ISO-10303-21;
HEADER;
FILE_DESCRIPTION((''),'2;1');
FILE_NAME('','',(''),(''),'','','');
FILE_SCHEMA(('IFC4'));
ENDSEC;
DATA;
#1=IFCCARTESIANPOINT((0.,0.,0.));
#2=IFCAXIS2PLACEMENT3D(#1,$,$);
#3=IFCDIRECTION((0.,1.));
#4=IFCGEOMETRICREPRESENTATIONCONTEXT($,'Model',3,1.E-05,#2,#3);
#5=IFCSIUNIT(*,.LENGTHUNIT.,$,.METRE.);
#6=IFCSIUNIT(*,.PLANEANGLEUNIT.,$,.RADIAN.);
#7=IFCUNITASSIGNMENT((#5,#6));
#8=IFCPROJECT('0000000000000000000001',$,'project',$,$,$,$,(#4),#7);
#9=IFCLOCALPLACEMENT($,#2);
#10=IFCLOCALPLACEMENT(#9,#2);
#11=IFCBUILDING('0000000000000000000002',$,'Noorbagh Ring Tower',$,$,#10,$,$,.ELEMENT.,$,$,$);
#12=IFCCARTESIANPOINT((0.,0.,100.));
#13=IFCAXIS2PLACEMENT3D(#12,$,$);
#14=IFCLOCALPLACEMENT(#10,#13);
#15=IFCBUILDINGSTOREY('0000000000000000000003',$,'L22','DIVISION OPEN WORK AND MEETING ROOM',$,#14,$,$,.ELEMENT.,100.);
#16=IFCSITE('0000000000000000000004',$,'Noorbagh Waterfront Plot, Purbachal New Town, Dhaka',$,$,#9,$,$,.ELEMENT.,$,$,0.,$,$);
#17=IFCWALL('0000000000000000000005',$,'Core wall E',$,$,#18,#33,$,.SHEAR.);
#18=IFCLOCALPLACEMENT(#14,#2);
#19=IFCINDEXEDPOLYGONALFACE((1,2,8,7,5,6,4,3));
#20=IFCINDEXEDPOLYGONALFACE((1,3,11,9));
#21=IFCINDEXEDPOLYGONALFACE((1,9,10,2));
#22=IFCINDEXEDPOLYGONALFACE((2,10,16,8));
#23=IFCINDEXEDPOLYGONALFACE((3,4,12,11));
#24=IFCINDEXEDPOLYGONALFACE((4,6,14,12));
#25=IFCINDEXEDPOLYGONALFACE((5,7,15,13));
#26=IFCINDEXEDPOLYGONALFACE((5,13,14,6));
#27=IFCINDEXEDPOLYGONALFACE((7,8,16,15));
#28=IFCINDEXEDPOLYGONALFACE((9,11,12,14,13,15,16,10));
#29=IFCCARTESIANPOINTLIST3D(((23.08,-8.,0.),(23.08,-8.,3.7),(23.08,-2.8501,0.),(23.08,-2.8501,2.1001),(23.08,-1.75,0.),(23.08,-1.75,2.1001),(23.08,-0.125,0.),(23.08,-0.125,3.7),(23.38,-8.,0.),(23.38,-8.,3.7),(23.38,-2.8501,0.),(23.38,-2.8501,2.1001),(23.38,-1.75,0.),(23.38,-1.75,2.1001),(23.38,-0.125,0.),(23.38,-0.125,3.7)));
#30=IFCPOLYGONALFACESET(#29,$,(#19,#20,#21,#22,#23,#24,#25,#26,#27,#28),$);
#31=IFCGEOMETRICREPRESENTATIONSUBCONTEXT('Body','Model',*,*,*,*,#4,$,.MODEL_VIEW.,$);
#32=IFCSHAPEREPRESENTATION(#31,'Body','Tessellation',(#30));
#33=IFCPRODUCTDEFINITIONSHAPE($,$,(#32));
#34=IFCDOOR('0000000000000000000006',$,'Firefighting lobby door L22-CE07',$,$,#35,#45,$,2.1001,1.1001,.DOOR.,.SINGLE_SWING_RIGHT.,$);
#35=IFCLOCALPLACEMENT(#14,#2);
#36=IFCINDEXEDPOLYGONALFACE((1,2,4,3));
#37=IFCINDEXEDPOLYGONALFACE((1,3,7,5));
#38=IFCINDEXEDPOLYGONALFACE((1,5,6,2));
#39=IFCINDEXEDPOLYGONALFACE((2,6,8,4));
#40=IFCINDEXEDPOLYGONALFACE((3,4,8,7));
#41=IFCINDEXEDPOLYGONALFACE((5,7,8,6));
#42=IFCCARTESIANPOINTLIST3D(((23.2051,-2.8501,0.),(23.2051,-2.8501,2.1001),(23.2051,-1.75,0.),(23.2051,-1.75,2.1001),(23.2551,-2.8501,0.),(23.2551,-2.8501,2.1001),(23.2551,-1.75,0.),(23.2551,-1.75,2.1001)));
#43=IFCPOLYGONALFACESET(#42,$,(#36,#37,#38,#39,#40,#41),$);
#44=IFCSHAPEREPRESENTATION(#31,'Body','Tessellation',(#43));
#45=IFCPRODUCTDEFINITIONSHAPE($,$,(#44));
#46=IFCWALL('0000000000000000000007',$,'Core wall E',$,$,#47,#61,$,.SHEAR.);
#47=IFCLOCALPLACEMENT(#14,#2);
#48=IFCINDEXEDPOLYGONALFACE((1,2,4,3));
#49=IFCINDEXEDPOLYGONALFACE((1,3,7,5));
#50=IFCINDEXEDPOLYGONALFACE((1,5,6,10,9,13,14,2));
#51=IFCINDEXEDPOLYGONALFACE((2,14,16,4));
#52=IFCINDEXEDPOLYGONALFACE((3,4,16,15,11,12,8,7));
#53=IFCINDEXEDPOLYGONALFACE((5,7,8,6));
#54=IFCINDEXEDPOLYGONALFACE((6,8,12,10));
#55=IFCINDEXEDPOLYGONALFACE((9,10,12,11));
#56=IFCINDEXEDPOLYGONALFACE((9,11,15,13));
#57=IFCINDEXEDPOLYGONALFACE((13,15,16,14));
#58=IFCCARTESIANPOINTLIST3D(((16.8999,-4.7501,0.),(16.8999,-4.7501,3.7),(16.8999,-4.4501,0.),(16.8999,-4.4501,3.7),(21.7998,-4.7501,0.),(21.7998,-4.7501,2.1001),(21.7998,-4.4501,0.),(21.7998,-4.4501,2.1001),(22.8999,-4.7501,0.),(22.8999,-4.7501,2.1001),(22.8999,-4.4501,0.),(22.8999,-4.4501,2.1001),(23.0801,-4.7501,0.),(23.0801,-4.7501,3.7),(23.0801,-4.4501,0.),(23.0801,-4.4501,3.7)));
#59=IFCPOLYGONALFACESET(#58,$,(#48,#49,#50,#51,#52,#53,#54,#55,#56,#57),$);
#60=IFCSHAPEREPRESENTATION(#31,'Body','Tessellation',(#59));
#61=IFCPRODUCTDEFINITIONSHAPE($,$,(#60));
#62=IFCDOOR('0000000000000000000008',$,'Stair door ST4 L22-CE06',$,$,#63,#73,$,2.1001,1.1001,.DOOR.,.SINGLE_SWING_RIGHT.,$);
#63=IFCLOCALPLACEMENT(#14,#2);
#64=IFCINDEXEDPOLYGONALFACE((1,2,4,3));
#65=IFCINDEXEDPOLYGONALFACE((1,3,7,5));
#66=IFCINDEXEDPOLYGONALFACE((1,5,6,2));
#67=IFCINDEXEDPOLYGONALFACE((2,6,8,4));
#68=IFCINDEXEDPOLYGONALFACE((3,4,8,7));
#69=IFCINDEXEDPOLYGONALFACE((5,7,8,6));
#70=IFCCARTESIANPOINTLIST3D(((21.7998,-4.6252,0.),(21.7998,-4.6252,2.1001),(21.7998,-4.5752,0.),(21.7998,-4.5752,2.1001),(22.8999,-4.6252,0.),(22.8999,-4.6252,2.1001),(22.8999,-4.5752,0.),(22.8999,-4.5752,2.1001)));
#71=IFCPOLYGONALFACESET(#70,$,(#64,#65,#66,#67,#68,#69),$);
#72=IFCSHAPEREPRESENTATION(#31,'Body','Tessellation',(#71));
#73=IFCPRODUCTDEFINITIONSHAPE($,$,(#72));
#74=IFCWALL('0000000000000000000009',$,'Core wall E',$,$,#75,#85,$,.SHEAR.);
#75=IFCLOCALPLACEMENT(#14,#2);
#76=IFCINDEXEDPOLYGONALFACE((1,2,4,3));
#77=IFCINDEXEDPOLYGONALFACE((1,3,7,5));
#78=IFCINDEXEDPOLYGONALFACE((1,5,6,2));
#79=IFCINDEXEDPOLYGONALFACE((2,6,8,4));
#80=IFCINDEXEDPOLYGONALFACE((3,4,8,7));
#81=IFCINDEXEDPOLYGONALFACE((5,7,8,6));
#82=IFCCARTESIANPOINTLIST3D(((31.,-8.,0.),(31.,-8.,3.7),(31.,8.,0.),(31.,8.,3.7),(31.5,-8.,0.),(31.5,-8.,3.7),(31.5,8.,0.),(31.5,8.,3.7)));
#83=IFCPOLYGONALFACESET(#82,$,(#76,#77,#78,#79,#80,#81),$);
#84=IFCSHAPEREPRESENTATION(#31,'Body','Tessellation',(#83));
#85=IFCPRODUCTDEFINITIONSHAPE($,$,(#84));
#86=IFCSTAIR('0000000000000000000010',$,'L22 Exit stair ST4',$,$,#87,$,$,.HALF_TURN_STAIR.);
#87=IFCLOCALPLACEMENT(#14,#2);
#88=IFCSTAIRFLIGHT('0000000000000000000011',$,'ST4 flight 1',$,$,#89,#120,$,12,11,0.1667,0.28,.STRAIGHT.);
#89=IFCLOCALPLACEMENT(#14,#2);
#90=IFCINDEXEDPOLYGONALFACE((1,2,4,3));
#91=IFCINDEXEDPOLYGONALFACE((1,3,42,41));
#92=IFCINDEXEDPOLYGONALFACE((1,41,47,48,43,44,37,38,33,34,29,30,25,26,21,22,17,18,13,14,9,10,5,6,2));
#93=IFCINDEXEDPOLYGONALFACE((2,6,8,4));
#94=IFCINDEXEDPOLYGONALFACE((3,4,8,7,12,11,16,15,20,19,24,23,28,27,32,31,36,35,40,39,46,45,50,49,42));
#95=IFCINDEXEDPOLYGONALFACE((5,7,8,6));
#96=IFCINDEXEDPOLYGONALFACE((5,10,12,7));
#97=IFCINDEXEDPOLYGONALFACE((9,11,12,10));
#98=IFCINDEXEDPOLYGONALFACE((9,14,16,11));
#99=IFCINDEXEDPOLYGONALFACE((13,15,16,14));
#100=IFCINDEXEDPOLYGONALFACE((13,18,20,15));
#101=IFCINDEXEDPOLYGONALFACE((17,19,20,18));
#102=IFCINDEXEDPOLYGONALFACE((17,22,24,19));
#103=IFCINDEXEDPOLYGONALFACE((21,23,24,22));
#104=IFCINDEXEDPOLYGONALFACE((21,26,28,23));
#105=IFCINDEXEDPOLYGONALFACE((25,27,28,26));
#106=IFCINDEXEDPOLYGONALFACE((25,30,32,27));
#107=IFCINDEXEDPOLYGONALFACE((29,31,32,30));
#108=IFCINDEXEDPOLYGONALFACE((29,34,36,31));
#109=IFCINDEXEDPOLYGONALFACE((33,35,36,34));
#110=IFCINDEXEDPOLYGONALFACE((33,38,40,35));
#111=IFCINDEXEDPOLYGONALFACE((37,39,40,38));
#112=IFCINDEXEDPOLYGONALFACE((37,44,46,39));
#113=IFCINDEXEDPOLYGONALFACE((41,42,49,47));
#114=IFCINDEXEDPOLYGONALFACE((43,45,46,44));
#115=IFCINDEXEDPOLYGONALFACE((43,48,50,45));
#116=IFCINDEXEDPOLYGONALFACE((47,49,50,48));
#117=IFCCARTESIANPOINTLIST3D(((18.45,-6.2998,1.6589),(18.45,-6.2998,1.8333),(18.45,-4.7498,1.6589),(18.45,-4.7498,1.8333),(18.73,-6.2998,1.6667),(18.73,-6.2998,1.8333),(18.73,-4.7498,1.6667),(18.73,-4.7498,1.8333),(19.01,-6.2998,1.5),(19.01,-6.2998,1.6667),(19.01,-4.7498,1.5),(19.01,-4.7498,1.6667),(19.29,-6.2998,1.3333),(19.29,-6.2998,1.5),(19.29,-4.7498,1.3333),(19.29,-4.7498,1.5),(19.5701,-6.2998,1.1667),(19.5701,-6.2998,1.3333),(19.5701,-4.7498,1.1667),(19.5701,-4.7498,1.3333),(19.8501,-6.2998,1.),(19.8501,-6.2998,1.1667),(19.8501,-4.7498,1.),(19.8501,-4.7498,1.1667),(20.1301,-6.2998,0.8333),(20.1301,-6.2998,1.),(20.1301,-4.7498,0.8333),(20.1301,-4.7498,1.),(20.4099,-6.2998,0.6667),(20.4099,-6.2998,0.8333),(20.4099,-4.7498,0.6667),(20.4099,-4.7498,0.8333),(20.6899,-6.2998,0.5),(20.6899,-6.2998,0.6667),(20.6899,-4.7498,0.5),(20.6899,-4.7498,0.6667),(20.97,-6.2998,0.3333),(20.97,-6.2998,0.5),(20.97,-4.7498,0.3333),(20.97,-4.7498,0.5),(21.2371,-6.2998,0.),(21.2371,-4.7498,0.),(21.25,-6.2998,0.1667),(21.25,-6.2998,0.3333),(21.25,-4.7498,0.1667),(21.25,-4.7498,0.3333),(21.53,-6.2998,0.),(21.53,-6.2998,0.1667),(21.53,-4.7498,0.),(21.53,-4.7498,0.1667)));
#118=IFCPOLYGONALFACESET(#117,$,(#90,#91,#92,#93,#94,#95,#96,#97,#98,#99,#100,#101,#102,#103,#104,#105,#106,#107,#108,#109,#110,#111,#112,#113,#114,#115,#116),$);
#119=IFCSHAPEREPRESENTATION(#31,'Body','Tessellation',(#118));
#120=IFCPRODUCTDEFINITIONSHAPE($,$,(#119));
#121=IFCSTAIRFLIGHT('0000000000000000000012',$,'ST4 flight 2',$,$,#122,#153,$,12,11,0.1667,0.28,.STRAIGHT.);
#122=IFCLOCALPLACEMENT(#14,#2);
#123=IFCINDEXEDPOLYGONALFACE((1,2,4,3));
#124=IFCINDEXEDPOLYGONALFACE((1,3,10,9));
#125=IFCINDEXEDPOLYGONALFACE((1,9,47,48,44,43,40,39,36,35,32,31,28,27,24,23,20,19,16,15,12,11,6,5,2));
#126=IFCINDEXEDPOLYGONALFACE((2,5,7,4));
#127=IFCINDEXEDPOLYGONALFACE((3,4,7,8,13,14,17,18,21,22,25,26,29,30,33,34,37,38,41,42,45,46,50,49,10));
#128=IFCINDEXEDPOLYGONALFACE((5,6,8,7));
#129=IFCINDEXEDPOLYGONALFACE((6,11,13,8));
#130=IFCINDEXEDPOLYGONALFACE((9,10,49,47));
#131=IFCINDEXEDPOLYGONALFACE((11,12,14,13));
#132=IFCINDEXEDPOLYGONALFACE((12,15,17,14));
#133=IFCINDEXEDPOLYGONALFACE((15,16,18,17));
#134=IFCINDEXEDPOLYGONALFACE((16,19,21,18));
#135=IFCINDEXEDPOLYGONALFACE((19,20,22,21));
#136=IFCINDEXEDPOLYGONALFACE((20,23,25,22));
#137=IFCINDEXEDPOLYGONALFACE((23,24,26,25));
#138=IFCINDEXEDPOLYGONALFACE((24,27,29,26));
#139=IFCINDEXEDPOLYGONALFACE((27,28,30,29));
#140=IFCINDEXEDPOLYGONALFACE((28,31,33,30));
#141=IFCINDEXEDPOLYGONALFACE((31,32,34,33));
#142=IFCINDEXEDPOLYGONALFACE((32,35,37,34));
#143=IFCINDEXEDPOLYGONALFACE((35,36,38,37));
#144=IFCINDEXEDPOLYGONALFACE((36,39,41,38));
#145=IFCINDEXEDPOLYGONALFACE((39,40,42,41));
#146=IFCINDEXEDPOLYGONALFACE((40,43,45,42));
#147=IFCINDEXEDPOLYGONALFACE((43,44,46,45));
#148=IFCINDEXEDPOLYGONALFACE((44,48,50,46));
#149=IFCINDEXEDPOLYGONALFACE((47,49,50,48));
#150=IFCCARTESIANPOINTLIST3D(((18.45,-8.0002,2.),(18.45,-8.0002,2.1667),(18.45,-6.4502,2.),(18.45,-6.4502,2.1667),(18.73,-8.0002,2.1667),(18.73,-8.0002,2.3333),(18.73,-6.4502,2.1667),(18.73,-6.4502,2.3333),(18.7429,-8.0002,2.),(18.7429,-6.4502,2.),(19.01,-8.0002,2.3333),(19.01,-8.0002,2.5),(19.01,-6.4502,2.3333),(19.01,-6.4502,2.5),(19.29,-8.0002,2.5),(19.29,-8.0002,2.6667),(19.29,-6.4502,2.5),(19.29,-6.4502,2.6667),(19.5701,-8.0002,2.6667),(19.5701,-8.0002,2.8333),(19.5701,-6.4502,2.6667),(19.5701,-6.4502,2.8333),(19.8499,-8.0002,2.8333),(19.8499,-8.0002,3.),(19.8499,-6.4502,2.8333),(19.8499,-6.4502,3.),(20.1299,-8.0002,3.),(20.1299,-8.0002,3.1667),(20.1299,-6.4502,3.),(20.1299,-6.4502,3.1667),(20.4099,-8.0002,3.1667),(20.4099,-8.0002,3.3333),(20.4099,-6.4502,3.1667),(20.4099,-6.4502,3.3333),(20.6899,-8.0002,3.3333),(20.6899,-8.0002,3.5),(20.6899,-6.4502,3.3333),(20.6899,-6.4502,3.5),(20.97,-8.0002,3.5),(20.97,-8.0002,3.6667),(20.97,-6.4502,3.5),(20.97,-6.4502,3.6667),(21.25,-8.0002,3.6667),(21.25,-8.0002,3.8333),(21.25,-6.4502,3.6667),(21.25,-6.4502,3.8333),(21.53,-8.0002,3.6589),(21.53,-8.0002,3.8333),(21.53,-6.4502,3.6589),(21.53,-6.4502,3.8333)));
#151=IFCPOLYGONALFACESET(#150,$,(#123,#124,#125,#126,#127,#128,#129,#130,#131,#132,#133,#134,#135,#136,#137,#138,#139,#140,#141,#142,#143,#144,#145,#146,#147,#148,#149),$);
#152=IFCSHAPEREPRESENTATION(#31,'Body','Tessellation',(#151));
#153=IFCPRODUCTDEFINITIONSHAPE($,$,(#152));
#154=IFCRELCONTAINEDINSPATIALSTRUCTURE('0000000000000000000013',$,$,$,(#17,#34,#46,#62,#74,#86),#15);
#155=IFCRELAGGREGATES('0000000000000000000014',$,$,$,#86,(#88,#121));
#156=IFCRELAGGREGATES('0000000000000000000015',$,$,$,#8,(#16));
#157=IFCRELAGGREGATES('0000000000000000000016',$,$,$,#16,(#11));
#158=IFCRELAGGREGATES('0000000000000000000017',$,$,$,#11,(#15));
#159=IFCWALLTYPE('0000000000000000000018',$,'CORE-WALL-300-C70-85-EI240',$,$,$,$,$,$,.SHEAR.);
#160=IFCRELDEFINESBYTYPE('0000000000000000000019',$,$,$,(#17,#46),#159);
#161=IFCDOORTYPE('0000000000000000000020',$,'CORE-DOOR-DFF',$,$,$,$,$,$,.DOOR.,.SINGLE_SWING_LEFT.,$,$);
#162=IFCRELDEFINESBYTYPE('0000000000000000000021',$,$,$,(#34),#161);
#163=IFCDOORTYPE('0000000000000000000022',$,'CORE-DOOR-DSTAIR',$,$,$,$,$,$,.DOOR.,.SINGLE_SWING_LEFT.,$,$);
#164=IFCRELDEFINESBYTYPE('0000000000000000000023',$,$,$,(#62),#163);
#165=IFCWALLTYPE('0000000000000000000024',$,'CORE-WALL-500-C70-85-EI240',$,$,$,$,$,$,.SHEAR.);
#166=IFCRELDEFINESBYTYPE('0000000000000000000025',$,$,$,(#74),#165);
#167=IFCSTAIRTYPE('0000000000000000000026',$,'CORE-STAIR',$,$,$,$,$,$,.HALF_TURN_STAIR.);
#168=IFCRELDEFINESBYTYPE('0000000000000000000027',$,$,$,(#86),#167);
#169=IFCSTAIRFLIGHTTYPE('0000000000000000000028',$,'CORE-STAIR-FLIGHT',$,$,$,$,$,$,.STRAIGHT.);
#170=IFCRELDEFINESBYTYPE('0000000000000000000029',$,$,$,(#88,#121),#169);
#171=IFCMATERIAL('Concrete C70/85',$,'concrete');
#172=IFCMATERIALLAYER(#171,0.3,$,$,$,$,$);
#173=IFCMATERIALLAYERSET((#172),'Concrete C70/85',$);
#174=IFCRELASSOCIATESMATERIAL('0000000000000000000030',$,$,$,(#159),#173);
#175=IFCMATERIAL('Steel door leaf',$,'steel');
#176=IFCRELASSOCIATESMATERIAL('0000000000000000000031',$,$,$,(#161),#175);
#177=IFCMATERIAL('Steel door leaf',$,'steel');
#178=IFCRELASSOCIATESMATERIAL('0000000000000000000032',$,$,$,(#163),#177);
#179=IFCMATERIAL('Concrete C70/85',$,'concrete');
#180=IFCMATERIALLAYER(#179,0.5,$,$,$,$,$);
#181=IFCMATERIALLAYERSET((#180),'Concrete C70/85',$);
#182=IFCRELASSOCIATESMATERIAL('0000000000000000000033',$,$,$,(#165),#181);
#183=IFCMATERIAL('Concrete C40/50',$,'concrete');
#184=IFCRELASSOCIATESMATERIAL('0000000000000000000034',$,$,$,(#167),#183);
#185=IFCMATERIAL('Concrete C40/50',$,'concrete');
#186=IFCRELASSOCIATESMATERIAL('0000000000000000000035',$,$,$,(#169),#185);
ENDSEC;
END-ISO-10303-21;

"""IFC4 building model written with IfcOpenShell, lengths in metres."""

from ifc_helpers import new_model, si_unit, direction, frame, frame_2d, origin, place, context, subcontext, project, spatial, polyline, rectangle, outline, extrude, material, layer, layer_set, type_object, element, fill, aggregate, save


model = new_model("IFC4")

# Units and contexts
model_context = context("Model", 3, precision=1e-05, world=origin(), true_north=direction((0.0, 1.0)))
body_context = subcontext(model_context, "Body", "Model", "MODEL_VIEW")
ifc_project = project(units=[si_unit("LENGTHUNIT", "METRE"), si_unit("PLANEANGLEUNIT", "RADIAN")], contexts=[model_context])

# Site, building, storey
site_placement = place(None, origin())
site = spatial("IfcSite", under=ifc_project, at=site_placement, Name="Noorbagh Waterfront Plot, Purbachal New Town, Dhaka", CompositionType="ELEMENT", RefElevation=0.0)
building_placement = place(site_placement, origin())
building = spatial("IfcBuilding", under=site, at=building_placement, Name="Noorbagh Ring Tower", CompositionType="ELEMENT")
storey_placement = place(building_placement, frame((0.0, 0.0, 100.0)))
storey = spatial("IfcBuildingStorey", under=building, at=storey_placement, Name="L22", Description="DIVISION OPEN WORK AND MEETING ROOM", CompositionType="ELEMENT", Elevation=100.0)

# Shared definitions
ifc_material_1 = material(Name="Concrete C70/85", Category="concrete")
ifc_layer_1 = layer(ifc_material_1, 0.3)
ifc_layer_set_1 = layer_set([ifc_layer_1], Name="Concrete C70/85")
wall_type_1 = type_object("IfcWallType", Name="CORE-WALL-300-C70-85-EI240", PredefinedType="SHEAR", material=ifc_layer_set_1)

# Walls, openings, doors
wall_1_placement = place(storey_placement, frame((23.23, -8.0, 0.0), z_axis=(0.0, 0.0, 1.0), x_axis=(0.0, 1.0, 0.0)))
wall_1 = element("IfcWall", 1, at=wall_1_placement, inside=storey, type_object=wall_type_1, Name="Core wall E", PredefinedType="SHEAR", context=body_context, shape_type="SweptSolid", body=[
    extrude(rectangle(XDim=7.875, YDim=0.3, at=frame_2d((3.9375, 0.0))), origin(), (0.0, 0.0, 1.0), 3.7),
])
opening_1_placement = place(wall_1_placement, frame((5.1499, 0.0, 0.0)))
opening_1 = element("IfcOpeningElement", 2, at=opening_1_placement, cuts=wall_1, PredefinedType="OPENING", context=body_context, shape_type="SweptSolid", body=[
    extrude(rectangle(XDim=1.1001, YDim=2.1001, at=frame_2d((0.55, 1.05))), frame((0.0, 0.1602, 0.0), z_axis=(0.0, -1.0, 0.0), x_axis=(1.0, 0.0, 0.0)), (0.0, 0.0, 1.0), 0.3201),
])
ifc_material_2 = material(Name="Steel door leaf", Category="steel")
door_type_1 = type_object("IfcDoorType", Name="CORE-DOOR-DFF", OperationType="SINGLE_SWING_LEFT", PredefinedType="DOOR", material=ifc_material_2)
door_1_placement = place(opening_1_placement, origin())
door_1 = element("IfcDoor", 3, at=door_1_placement, inside=storey, type_object=door_type_1, Name="Firefighting lobby door L22-CE07", OperationType="SINGLE_SWING_RIGHT", OverallHeight=2.1001, OverallWidth=1.1001, PredefinedType="DOOR", context=body_context, shape_type="SweptSolid", body=[
    extrude(rectangle(XDim=1.1001, YDim=2.1001, at=frame_2d((0.55, 1.05))), frame((0.0, 0.0249, 0.0), z_axis=(0.0, -1.0, 0.0), x_axis=(1.0, 0.0, 0.0)), (0.0, 0.0, 1.0), 0.05),
])
fill(opening_1, door_1)
wall_2_placement = place(storey_placement, frame((16.8999, -4.6001, 0.0), z_axis=(0.0, 0.0, 1.0), x_axis=(1.0, 0.0, 0.0)))
wall_2 = element("IfcWall", 4, at=wall_2_placement, inside=storey, type_object=wall_type_1, Name="Core wall E", PredefinedType="SHEAR", context=body_context, shape_type="SweptSolid", body=[
    extrude(rectangle(XDim=6.1802, YDim=0.3, at=frame_2d((3.0901, 0.0))), origin(), (0.0, 0.0, 1.0), 3.7),
])
opening_2_placement = place(wall_2_placement, frame((4.8999, 0.0, 0.0)))
opening_2 = element("IfcOpeningElement", 5, at=opening_2_placement, cuts=wall_2, PredefinedType="OPENING", context=body_context, shape_type="SweptSolid", body=[
    extrude(rectangle(XDim=1.1001, YDim=2.1001, at=frame_2d((0.55, 1.05))), frame((0.0, 0.1602, 0.0), z_axis=(0.0, -1.0, 0.0), x_axis=(1.0, 0.0, 0.0)), (0.0, 0.0, 1.0), 0.3201),
])
ifc_material_3 = material(Name="Steel door leaf", Category="steel")
door_type_2 = type_object("IfcDoorType", Name="CORE-DOOR-DSTAIR", OperationType="SINGLE_SWING_LEFT", PredefinedType="DOOR", material=ifc_material_3)
door_2_placement = place(opening_2_placement, origin())
door_2 = element("IfcDoor", 6, at=door_2_placement, inside=storey, type_object=door_type_2, Name="Stair door ST4 L22-CE06", OperationType="SINGLE_SWING_RIGHT", OverallHeight=2.1001, OverallWidth=1.1001, PredefinedType="DOOR", context=body_context, shape_type="SweptSolid", body=[
    extrude(rectangle(XDim=1.1001, YDim=2.1001, at=frame_2d((0.55, 1.05))), frame((0.0, 0.0249, 0.0), z_axis=(0.0, -1.0, 0.0), x_axis=(1.0, 0.0, 0.0)), (0.0, 0.0, 1.0), 0.05),
])
fill(opening_2, door_2)

# Wall
ifc_material_4 = material(Name="Concrete C70/85", Category="concrete")
ifc_layer_2 = layer(ifc_material_4, 0.5)
ifc_layer_set_2 = layer_set([ifc_layer_2], Name="Concrete C70/85")
wall_type_2 = type_object("IfcWallType", Name="CORE-WALL-500-C70-85-EI240", PredefinedType="SHEAR", material=ifc_layer_set_2)
wall_3_placement = place(storey_placement, frame((31.25, -8.0, 0.0), z_axis=(0.0, 0.0, 1.0), x_axis=(0.0, 1.0, 0.0)))
element("IfcWall", 7, at=wall_3_placement, inside=storey, type_object=wall_type_2, Name="Core wall E", PredefinedType="SHEAR", context=body_context, shape_type="SweptSolid", body=[
    extrude(rectangle(XDim=16.0, YDim=0.5, at=frame_2d((8.0, 0.0))), origin(), (0.0, 0.0, 1.0), 3.7),
])

# Stair, stair flights
ifc_material_5 = material(Name="Concrete C40/50", Category="concrete")
stair_type = type_object("IfcStairType", Name="CORE-STAIR", PredefinedType="HALF_TURN_STAIR", material=ifc_material_5)
stair_placement = place(storey_placement, origin())
stair = element("IfcStair", 8, at=stair_placement, inside=storey, type_object=stair_type, Name="L22 Exit stair ST4", PredefinedType="HALF_TURN_STAIR")
ifc_material_6 = material(Name="Concrete C40/50", Category="concrete")
stair_flight_type = type_object("IfcStairFlightType", Name="CORE-STAIR-FLIGHT", PredefinedType="STRAIGHT", material=ifc_material_6)
stair_flight_1_placement = place(storey_placement, frame((21.53, -5.5249, 0.0), z_axis=(0.0, 0.0, 1.0), x_axis=(-1.0, 0.0, 0.0)))
stair_flight_1 = element("IfcStairFlight", 9, at=stair_flight_1_placement, type_object=stair_flight_type, Name="ST4 flight 1", NumberOfRisers=12, NumberOfTreads=11, PredefinedType="STRAIGHT", RiserHeight=0.1667, TreadLength=0.28, context=body_context, shape_type="SweptSolid", body=[
    extrude(outline(polyline([(0.0, 0.0), (0.0, 0.1667), (0.28, 0.1667), (0.28, 0.3333), (0.5601, 0.3333), (0.5601, 0.5), (0.8401, 0.5), (0.8401, 0.6667), (1.1201, 0.6667), (1.1201, 0.8333), (1.3999, 0.8333), (1.3999, 1.0), (1.6799, 1.0), (1.6799, 1.1667), (1.96, 1.1667), (1.96, 1.3333), (2.24, 1.3333), (2.24, 1.5), (2.52, 1.5), (2.52, 1.6667), (2.8, 1.6667), (2.8, 1.8333), (3.0801, 1.8333), (3.0801, 2.0), (3.0801, 1.6589), (0.293, 0.0), (0.0, 0.0)])), frame((0.0, 0.7749, 0.0), z_axis=(0.0, -1.0, 0.0), x_axis=(1.0, 0.0, 0.0)), (0.0, 0.0, 1.0), 1.55),
])
stair_flight_2_placement = place(storey_placement, frame((18.45, -7.2251, 2.0), z_axis=(0.0, 0.0, 1.0), x_axis=(1.0, 0.0, 0.0)))
stair_flight_2 = element("IfcStairFlight", 10, at=stair_flight_2_placement, type_object=stair_flight_type, Name="ST4 flight 2", NumberOfRisers=12, NumberOfTreads=11, PredefinedType="STRAIGHT", RiserHeight=0.1667, TreadLength=0.28, context=body_context, shape_type="SweptSolid", body=[
    extrude(outline(polyline([(0.0, 0.0), (0.0, 0.1667), (0.28, 0.1667), (0.28, 0.3333), (0.5601, 0.3333), (0.5601, 0.5), (0.8401, 0.5), (0.8401, 0.6667), (1.1201, 0.6667), (1.1201, 0.8333), (1.3999, 0.8333), (1.3999, 1.0), (1.6799, 1.0), (1.6799, 1.1667), (1.96, 1.1667), (1.96, 1.3333), (2.24, 1.3333), (2.24, 1.5), (2.52, 1.5), (2.52, 1.6667), (2.8, 1.6667), (2.8, 1.8333), (3.0801, 1.8333), (3.0801, 2.0), (3.0801, 1.6589), (0.293, 0.0), (0.0, 0.0)])), frame((0.0, 0.7749, 0.0), z_axis=(0.0, -1.0, 0.0), x_axis=(1.0, 0.0, 0.0)), (0.0, 0.0, 1.0), 1.55),
])
aggregate(stair, [stair_flight_1, stair_flight_2])

save(model, "model.ifc")
